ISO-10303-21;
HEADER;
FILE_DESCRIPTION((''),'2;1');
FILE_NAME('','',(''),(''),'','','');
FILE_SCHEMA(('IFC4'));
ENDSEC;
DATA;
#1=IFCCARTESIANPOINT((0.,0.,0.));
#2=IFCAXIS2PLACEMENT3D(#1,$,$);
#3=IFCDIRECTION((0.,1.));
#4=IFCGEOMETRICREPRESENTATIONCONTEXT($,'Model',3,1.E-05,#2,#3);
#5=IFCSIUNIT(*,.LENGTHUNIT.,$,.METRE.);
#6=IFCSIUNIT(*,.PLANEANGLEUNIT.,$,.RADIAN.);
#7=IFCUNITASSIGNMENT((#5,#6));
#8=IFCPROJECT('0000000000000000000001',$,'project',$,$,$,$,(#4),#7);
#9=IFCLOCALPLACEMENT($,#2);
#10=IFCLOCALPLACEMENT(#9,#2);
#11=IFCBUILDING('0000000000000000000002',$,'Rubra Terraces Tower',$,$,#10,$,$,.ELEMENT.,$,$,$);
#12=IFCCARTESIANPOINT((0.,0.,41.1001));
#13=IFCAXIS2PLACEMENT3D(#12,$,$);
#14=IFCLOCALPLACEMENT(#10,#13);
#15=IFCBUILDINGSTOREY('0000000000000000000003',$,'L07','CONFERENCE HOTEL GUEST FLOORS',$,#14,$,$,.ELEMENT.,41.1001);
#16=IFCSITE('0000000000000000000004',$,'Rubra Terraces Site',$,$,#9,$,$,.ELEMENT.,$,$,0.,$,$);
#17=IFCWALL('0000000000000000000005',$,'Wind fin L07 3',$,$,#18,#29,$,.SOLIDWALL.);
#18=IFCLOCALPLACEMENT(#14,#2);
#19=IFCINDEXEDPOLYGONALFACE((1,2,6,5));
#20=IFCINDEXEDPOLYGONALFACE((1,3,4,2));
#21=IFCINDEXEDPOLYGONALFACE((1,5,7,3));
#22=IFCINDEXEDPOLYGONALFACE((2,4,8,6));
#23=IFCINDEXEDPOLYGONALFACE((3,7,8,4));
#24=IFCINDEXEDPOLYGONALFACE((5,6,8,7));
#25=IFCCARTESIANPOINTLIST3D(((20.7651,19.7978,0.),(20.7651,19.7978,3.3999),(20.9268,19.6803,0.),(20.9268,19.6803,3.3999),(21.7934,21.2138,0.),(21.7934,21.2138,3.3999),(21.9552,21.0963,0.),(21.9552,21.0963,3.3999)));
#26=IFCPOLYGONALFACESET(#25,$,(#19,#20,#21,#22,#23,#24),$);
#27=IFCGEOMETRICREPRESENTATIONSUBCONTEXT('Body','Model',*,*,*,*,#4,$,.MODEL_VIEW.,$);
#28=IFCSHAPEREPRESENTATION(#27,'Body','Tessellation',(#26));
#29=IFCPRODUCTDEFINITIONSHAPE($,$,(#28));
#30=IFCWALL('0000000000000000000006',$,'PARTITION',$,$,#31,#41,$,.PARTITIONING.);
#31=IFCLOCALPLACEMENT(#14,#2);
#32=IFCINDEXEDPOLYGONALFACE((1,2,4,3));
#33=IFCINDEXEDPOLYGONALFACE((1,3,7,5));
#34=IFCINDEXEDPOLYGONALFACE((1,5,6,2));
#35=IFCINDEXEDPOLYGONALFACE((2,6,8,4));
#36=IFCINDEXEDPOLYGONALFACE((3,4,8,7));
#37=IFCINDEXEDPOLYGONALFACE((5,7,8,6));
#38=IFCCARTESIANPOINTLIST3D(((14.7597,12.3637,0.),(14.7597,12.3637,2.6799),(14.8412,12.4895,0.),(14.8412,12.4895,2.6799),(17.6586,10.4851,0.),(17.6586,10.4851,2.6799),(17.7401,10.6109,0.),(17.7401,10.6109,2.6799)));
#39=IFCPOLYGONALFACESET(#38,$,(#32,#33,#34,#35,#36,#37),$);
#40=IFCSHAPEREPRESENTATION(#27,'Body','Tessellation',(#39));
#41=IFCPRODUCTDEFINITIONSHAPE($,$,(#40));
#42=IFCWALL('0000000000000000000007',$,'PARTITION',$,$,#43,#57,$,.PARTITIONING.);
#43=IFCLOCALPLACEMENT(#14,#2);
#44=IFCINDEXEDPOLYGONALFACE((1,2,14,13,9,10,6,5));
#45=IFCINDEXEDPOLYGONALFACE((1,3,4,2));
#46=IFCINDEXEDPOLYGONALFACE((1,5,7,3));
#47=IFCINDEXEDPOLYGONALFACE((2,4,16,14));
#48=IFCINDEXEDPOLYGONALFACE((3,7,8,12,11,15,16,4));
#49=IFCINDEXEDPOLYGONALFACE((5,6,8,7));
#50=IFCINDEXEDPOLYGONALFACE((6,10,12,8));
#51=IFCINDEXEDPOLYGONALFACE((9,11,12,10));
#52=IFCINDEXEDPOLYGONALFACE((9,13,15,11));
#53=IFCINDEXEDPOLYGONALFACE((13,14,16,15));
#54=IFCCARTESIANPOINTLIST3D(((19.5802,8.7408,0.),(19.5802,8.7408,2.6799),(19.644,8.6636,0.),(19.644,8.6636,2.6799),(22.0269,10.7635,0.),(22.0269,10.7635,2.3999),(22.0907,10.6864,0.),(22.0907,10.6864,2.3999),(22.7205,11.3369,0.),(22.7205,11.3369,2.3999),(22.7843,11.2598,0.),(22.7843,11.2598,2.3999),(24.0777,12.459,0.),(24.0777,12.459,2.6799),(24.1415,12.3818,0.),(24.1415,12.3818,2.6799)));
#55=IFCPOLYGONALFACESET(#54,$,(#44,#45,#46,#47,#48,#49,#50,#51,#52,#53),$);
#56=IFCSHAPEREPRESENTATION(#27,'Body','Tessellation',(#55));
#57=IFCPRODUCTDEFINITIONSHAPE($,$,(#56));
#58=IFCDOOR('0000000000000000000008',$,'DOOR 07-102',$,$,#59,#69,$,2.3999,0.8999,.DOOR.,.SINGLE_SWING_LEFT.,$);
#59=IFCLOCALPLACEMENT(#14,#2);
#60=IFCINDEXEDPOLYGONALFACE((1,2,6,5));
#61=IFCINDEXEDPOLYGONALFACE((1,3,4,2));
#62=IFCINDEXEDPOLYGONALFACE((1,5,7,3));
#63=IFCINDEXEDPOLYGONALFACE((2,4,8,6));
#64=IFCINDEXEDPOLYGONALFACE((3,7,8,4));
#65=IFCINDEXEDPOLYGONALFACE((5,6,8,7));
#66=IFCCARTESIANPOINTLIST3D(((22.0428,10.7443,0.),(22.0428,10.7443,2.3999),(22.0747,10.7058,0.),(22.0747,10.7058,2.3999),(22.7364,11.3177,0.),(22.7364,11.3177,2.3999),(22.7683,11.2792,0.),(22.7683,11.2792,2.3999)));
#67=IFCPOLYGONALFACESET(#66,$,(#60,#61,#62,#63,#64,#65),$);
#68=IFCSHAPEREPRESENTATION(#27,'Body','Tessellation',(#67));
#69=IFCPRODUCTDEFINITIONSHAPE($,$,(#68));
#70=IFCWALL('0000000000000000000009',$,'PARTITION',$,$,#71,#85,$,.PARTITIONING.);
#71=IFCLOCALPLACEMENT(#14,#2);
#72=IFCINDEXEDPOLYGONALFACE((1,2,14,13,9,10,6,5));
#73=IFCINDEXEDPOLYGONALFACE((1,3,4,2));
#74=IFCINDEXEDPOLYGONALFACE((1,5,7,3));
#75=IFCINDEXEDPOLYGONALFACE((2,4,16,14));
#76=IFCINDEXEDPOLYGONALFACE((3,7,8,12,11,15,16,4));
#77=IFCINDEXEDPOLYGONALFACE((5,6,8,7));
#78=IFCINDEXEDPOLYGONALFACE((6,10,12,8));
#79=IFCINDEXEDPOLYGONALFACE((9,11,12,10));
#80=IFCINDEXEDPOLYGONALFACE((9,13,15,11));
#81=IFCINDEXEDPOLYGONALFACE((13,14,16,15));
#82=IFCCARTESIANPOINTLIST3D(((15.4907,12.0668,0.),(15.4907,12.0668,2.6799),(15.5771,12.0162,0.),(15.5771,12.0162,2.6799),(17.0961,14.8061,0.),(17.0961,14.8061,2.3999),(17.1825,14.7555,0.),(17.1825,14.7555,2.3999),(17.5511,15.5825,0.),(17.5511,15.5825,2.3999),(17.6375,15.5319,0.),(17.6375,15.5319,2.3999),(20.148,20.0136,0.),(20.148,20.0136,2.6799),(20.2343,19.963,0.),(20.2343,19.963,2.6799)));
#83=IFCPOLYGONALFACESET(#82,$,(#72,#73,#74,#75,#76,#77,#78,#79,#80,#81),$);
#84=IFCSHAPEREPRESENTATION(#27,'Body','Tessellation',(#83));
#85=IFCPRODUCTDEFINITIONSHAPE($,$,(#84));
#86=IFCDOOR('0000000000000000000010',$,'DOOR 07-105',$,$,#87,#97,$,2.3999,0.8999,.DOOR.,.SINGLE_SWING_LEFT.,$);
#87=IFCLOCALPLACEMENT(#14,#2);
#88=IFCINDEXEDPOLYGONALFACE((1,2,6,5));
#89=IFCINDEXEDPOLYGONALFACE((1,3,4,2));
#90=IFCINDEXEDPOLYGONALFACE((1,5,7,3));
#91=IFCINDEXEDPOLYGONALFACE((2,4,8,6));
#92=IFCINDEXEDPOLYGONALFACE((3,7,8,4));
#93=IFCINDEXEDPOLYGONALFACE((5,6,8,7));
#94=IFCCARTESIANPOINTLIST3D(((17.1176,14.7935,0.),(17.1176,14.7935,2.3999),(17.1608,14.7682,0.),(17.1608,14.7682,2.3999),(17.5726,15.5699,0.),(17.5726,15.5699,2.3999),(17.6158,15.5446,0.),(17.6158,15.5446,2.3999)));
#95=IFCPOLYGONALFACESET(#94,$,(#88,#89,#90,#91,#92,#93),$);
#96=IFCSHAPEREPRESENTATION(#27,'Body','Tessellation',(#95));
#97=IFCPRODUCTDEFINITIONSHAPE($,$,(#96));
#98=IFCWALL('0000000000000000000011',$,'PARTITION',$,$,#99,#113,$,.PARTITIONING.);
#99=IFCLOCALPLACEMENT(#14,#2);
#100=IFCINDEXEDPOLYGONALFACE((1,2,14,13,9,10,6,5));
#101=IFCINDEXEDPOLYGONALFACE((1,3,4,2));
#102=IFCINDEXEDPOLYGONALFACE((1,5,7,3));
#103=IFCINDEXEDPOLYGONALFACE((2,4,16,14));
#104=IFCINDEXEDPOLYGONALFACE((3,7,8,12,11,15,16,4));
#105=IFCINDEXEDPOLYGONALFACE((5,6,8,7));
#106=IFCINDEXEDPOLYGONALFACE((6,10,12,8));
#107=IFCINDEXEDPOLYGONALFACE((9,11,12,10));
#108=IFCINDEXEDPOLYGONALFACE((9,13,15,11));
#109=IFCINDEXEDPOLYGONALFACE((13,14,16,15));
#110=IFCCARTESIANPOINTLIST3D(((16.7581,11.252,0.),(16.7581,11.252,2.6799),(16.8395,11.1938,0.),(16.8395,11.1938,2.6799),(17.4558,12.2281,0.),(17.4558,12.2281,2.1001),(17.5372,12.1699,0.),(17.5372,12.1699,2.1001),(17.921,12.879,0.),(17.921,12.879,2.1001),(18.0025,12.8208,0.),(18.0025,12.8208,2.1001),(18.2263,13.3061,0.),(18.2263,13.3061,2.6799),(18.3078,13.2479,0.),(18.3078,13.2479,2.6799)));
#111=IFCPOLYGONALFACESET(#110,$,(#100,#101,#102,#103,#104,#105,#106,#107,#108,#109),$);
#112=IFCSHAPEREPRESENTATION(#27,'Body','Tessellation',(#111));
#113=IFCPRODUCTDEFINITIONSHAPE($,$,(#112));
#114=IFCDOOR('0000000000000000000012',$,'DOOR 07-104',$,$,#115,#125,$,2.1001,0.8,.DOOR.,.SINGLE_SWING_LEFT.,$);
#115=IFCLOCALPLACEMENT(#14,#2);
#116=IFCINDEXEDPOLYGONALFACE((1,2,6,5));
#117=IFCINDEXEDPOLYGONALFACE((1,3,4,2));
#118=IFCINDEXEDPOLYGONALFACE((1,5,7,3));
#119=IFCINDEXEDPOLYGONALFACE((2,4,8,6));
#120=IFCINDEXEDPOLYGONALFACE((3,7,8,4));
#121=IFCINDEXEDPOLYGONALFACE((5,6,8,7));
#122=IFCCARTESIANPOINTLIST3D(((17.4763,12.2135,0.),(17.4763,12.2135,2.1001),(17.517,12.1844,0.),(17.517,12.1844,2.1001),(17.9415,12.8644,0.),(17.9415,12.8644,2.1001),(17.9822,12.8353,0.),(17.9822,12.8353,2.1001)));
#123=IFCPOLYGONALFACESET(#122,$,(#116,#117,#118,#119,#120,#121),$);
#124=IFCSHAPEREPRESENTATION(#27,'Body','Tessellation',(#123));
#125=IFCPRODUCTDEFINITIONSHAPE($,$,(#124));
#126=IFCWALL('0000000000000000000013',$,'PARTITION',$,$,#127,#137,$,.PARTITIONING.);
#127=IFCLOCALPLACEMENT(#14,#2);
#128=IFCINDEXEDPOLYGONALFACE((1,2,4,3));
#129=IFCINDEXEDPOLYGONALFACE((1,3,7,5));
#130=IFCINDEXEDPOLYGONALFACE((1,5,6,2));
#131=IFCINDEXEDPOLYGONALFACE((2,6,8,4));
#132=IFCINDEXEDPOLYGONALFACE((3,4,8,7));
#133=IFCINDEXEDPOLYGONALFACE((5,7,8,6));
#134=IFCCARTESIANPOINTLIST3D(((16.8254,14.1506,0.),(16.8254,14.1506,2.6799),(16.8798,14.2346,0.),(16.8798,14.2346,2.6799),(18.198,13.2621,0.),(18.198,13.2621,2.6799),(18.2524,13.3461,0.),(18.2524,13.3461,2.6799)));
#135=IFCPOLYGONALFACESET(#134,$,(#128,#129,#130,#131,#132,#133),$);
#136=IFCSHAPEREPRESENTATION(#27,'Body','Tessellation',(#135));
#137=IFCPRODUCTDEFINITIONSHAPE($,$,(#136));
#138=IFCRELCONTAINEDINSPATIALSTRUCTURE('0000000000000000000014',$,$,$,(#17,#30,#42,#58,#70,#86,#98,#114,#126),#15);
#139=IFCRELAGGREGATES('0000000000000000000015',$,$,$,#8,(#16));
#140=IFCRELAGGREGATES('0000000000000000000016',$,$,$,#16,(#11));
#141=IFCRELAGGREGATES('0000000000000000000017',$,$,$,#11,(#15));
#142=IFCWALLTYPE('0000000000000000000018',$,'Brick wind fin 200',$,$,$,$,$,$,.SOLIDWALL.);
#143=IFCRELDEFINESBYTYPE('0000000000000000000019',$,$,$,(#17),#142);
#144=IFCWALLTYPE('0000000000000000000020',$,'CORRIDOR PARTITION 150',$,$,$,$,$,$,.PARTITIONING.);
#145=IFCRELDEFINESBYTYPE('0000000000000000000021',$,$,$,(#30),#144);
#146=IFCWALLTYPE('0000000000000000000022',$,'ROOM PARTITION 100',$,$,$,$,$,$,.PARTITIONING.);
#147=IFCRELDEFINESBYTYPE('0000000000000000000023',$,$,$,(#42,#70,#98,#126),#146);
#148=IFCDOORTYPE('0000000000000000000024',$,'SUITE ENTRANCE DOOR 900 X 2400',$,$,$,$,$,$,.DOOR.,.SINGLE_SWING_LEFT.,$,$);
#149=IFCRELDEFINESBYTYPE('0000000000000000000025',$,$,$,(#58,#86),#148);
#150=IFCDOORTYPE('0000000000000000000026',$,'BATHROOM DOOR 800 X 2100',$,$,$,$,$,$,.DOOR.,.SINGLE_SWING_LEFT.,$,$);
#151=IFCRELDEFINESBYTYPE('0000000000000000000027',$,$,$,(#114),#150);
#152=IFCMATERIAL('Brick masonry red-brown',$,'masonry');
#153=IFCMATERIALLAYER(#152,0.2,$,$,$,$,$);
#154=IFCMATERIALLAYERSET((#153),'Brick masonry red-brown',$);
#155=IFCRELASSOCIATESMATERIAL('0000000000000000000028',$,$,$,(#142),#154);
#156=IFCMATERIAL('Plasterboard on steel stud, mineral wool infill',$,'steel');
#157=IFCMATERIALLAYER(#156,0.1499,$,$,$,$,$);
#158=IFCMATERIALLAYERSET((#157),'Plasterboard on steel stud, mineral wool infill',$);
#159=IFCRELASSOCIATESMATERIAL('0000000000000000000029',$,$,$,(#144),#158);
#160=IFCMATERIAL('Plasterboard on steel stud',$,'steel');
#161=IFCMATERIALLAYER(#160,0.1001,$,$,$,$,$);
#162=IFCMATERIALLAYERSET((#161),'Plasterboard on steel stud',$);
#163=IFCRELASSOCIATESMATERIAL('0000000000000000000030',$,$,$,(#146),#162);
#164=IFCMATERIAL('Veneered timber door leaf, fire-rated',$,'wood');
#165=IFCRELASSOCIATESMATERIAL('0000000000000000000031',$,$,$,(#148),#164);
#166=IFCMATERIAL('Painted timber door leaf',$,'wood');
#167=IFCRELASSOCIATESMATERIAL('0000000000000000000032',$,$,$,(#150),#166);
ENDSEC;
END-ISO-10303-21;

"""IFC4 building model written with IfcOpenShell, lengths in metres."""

from ifc_helpers import new_model, si_unit, direction, frame, frame_2d, origin, place, context, subcontext, project, spatial, rectangle, extrude, material, layer, layer_set, type_object, element, fill, save


model = new_model("IFC4")

# Units and contexts
model_context = context("Model", 3, precision=1e-05, world=origin(), true_north=direction((0.0, 1.0)))
body_context = subcontext(model_context, "Body", "Model", "MODEL_VIEW")
ifc_project = project(units=[si_unit("LENGTHUNIT", "METRE"), si_unit("PLANEANGLEUNIT", "RADIAN")], contexts=[model_context])

# Site, building, storey
site_placement = place(None, origin())
site = spatial("IfcSite", under=ifc_project, at=site_placement, Name="Rubra Terraces Site", CompositionType="ELEMENT", RefElevation=0.0)
building_placement = place(site_placement, origin())
building = spatial("IfcBuilding", under=site, at=building_placement, Name="Rubra Terraces Tower", CompositionType="ELEMENT")
storey_placement = place(building_placement, frame((0.0, 0.0, 41.1001)))
storey = spatial("IfcBuildingStorey", under=building, at=storey_placement, Name="L07", Description="CONFERENCE HOTEL GUEST FLOORS", CompositionType="ELEMENT", Elevation=41.1001)

# Shared definitions
ifc_material_1 = material(Name="Brick masonry red-brown", Category="masonry")

# Walls
ifc_layer_1 = layer(ifc_material_1, 0.2)
ifc_layer_set_1 = layer_set([ifc_layer_1], Name="Brick masonry red-brown")
wall_type_1 = type_object("IfcWallType", Name="Brick wind fin 200", PredefinedType="SOLIDWALL", material=ifc_layer_set_1)
wall_1_placement = place(storey_placement, frame((20.8459, 19.739, 0.0), z_axis=(0.0, 0.0, 1.0), x_axis=(0.587607, 0.809146, 0.0)))
element("IfcWall", 1, at=wall_1_placement, inside=storey, type_object=wall_type_1, Name="Wind fin L07 3", PredefinedType="SOLIDWALL", context=body_context, shape_type="SweptSolid", body=[
    extrude(rectangle(XDim=1.75, YDim=0.2, at=frame_2d((0.875, 0.0))), origin(), (0.0, 0.0, 1.0), 3.3999),
])
ifc_material_2 = material(Name="Plasterboard on steel stud, mineral wool infill", Category="steel")
ifc_layer_2 = layer(ifc_material_2, 0.1499)
ifc_layer_set_2 = layer_set([ifc_layer_2], Name="Plasterboard on steel stud, mineral wool infill")
wall_type_2 = type_object("IfcWallType", Name="CORRIDOR PARTITION 150", PredefinedType="PARTITIONING", material=ifc_layer_set_2)
wall_2_placement = place(storey_placement, frame((17.6992, 10.5481, 0.0), z_axis=(0.0, 0.0, 1.0), x_axis=(-0.839189, 0.54384, 0.0)))
element("IfcWall", 2, at=wall_2_placement, inside=storey, type_object=wall_type_2, Name="PARTITION", PredefinedType="PARTITIONING", context=body_context, shape_type="SweptSolid", body=[
    extrude(rectangle(XDim=3.4543, YDim=0.1499, at=frame_2d((1.7271, 0.0))), origin(), (0.0, 0.0, 1.0), 2.6799),
])

# Walls, openings, doors
ifc_material_3 = material(Name="Plasterboard on steel stud", Category="steel")
ifc_layer_3 = layer(ifc_material_3, 0.1001)
ifc_layer_set_3 = layer_set([ifc_layer_3], Name="Plasterboard on steel stud")
wall_type_3 = type_object("IfcWallType", Name="ROOM PARTITION 100", PredefinedType="PARTITIONING", material=ifc_layer_set_3)
wall_3_placement = place(storey_placement, frame((24.1096, 12.4204, 0.0), z_axis=(0.0, 0.0, 1.0), x_axis=(-0.770719, -0.637175, 0.0)))
wall_3 = element("IfcWall", 3, at=wall_3_placement, inside=storey, type_object=wall_type_3, Name="PARTITION", PredefinedType="PARTITIONING", context=body_context, shape_type="SweptSolid", body=[
    extrude(rectangle(XDim=5.8354, YDim=0.1001, at=frame_2d((2.9177, 0.0))), origin(), (0.0, 0.0, 1.0), 2.6799),
])
opening_1_placement = place(wall_3_placement, frame((1.761, 0.0, 0.0)))
opening_1 = element("IfcOpeningElement", 4, at=opening_1_placement, cuts=wall_3, PredefinedType="OPENING", context=body_context, shape_type="SweptSolid", body=[
    extrude(rectangle(XDim=0.8999, YDim=2.3999, at=frame_2d((0.45, 1.2))), frame((0.0, 0.0601, 0.0), z_axis=(0.0, -1.0, 0.0), x_axis=(1.0, 0.0, 0.0)), (0.0, 0.0, 1.0), 0.1201),
])
ifc_material_4 = material(Name="Veneered timber door leaf, fire-rated", Category="wood")
door_type_1 = type_object("IfcDoorType", Name="SUITE ENTRANCE DOOR 900 X 2400", OperationType="SINGLE_SWING_LEFT", PredefinedType="DOOR", material=ifc_material_4)
door_1_placement = place(opening_1_placement, origin())
door_1 = element("IfcDoor", 5, at=door_1_placement, inside=storey, type_object=door_type_1, Name="DOOR 07-102", OperationType="SINGLE_SWING_LEFT", OverallHeight=2.3999, OverallWidth=0.8999, PredefinedType="DOOR", context=body_context, shape_type="SweptSolid", body=[
    extrude(rectangle(XDim=0.8999, YDim=2.3999, at=frame_2d((0.45, 1.2))), frame((0.0, 0.0249, 0.0), z_axis=(0.0, -1.0, 0.0), x_axis=(1.0, 0.0, 0.0)), (0.0, 0.0, 1.0), 0.05),
])
fill(opening_1, door_1)
wall_4_placement = place(storey_placement, frame((20.1912, 19.9883, 0.0), z_axis=(0.0, 0.0, 1.0), x_axis=(-0.50562, -0.862756, 0.0)))
wall_4 = element("IfcWall", 6, at=wall_4_placement, inside=storey, type_object=wall_type_3, Name="PARTITION", PredefinedType="PARTITIONING", context=body_context, shape_type="SweptSolid", body=[
    extrude(rectangle(XDim=9.2109, YDim=0.1001, at=frame_2d((4.6055, 0.0))), origin(), (0.0, 0.0, 1.0), 2.6799),
])
opening_2_placement = place(wall_4_placement, frame((5.136, 0.0, 0.0)))
opening_2 = element("IfcOpeningElement", 7, at=opening_2_placement, cuts=wall_4, PredefinedType="OPENING", context=body_context, shape_type="SweptSolid", body=[
    extrude(rectangle(XDim=0.8999, YDim=2.3999, at=frame_2d((0.45, 1.2))), frame((0.0, 0.0601, 0.0), z_axis=(0.0, -1.0, 0.0), x_axis=(1.0, 0.0, 0.0)), (0.0, 0.0, 1.0), 0.1201),
])
door_2_placement = place(opening_2_placement, origin())
door_2 = element("IfcDoor", 8, at=door_2_placement, inside=storey, type_object=door_type_1, Name="DOOR 07-105", OperationType="SINGLE_SWING_LEFT", OverallHeight=2.3999, OverallWidth=0.8999, PredefinedType="DOOR", context=body_context, shape_type="SweptSolid", body=[
    extrude(rectangle(XDim=0.8999, YDim=2.3999, at=frame_2d((0.45, 1.2))), frame((0.0, 0.0249, 0.0), z_axis=(0.0, -1.0, 0.0), x_axis=(1.0, 0.0, 0.0)), (0.0, 0.0, 1.0), 0.05),
])
fill(opening_2, door_2)
wall_5_placement = place(storey_placement, frame((16.7988, 11.2229, 0.0), z_axis=(0.0, 0.0, 1.0), x_axis=(0.581494, 0.813551, 0.0)))
wall_5 = element("IfcWall", 9, at=wall_5_placement, inside=storey, type_object=wall_type_3, Name="PARTITION", PredefinedType="PARTITIONING", context=body_context, shape_type="SweptSolid", body=[
    extrude(rectangle(XDim=2.5249, YDim=0.1001, at=frame_2d((1.2625, 0.0))), origin(), (0.0, 0.0, 1.0), 2.6799),
])
opening_3_placement = place(wall_5_placement, frame((1.2, 0.0, 0.0)))
opening_3 = element("IfcOpeningElement", 10, at=opening_3_placement, cuts=wall_5, PredefinedType="OPENING", context=body_context, shape_type="SweptSolid", body=[
    extrude(rectangle(XDim=0.8, YDim=2.1001, at=frame_2d((0.3999, 1.05))), frame((0.0, 0.0601, 0.0), z_axis=(0.0, -1.0, 0.0), x_axis=(1.0, 0.0, 0.0)), (0.0, 0.0, 1.0), 0.1201),
])
ifc_material_5 = material(Name="Painted timber door leaf", Category="wood")
door_type_2 = type_object("IfcDoorType", Name="BATHROOM DOOR 800 X 2100", OperationType="SINGLE_SWING_LEFT", PredefinedType="DOOR", material=ifc_material_5)
door_3_placement = place(opening_3_placement, origin())
door_3 = element("IfcDoor", 11, at=door_3_placement, inside=storey, type_object=door_type_2, Name="DOOR 07-104", OperationType="SINGLE_SWING_LEFT", OverallHeight=2.1001, OverallWidth=0.8, PredefinedType="DOOR", context=body_context, shape_type="SweptSolid", body=[
    extrude(rectangle(XDim=0.8, YDim=2.1001, at=frame_2d((0.3999, 1.05))), frame((0.0, 0.0249, 0.0), z_axis=(0.0, -1.0, 0.0), x_axis=(1.0, 0.0, 0.0)), (0.0, 0.0, 1.0), 0.05),
])
fill(opening_3, door_3)

# Wall
wall_6_placement = place(storey_placement, frame((18.2251, 13.3042, 0.0), z_axis=(0.0, 0.0, 1.0), x_axis=(-0.839486, 0.543381, 0.0)))
element("IfcWall", 12, at=wall_6_placement, inside=storey, type_object=wall_type_3, Name="PARTITION", PredefinedType="PARTITIONING", context=body_context, shape_type="SweptSolid", body=[
    extrude(rectangle(XDim=1.635, YDim=0.1001, at=frame_2d((0.8174, 0.0))), origin(), (0.0, 0.0, 1.0), 2.6799),
])

save(model, "model.ifc")
